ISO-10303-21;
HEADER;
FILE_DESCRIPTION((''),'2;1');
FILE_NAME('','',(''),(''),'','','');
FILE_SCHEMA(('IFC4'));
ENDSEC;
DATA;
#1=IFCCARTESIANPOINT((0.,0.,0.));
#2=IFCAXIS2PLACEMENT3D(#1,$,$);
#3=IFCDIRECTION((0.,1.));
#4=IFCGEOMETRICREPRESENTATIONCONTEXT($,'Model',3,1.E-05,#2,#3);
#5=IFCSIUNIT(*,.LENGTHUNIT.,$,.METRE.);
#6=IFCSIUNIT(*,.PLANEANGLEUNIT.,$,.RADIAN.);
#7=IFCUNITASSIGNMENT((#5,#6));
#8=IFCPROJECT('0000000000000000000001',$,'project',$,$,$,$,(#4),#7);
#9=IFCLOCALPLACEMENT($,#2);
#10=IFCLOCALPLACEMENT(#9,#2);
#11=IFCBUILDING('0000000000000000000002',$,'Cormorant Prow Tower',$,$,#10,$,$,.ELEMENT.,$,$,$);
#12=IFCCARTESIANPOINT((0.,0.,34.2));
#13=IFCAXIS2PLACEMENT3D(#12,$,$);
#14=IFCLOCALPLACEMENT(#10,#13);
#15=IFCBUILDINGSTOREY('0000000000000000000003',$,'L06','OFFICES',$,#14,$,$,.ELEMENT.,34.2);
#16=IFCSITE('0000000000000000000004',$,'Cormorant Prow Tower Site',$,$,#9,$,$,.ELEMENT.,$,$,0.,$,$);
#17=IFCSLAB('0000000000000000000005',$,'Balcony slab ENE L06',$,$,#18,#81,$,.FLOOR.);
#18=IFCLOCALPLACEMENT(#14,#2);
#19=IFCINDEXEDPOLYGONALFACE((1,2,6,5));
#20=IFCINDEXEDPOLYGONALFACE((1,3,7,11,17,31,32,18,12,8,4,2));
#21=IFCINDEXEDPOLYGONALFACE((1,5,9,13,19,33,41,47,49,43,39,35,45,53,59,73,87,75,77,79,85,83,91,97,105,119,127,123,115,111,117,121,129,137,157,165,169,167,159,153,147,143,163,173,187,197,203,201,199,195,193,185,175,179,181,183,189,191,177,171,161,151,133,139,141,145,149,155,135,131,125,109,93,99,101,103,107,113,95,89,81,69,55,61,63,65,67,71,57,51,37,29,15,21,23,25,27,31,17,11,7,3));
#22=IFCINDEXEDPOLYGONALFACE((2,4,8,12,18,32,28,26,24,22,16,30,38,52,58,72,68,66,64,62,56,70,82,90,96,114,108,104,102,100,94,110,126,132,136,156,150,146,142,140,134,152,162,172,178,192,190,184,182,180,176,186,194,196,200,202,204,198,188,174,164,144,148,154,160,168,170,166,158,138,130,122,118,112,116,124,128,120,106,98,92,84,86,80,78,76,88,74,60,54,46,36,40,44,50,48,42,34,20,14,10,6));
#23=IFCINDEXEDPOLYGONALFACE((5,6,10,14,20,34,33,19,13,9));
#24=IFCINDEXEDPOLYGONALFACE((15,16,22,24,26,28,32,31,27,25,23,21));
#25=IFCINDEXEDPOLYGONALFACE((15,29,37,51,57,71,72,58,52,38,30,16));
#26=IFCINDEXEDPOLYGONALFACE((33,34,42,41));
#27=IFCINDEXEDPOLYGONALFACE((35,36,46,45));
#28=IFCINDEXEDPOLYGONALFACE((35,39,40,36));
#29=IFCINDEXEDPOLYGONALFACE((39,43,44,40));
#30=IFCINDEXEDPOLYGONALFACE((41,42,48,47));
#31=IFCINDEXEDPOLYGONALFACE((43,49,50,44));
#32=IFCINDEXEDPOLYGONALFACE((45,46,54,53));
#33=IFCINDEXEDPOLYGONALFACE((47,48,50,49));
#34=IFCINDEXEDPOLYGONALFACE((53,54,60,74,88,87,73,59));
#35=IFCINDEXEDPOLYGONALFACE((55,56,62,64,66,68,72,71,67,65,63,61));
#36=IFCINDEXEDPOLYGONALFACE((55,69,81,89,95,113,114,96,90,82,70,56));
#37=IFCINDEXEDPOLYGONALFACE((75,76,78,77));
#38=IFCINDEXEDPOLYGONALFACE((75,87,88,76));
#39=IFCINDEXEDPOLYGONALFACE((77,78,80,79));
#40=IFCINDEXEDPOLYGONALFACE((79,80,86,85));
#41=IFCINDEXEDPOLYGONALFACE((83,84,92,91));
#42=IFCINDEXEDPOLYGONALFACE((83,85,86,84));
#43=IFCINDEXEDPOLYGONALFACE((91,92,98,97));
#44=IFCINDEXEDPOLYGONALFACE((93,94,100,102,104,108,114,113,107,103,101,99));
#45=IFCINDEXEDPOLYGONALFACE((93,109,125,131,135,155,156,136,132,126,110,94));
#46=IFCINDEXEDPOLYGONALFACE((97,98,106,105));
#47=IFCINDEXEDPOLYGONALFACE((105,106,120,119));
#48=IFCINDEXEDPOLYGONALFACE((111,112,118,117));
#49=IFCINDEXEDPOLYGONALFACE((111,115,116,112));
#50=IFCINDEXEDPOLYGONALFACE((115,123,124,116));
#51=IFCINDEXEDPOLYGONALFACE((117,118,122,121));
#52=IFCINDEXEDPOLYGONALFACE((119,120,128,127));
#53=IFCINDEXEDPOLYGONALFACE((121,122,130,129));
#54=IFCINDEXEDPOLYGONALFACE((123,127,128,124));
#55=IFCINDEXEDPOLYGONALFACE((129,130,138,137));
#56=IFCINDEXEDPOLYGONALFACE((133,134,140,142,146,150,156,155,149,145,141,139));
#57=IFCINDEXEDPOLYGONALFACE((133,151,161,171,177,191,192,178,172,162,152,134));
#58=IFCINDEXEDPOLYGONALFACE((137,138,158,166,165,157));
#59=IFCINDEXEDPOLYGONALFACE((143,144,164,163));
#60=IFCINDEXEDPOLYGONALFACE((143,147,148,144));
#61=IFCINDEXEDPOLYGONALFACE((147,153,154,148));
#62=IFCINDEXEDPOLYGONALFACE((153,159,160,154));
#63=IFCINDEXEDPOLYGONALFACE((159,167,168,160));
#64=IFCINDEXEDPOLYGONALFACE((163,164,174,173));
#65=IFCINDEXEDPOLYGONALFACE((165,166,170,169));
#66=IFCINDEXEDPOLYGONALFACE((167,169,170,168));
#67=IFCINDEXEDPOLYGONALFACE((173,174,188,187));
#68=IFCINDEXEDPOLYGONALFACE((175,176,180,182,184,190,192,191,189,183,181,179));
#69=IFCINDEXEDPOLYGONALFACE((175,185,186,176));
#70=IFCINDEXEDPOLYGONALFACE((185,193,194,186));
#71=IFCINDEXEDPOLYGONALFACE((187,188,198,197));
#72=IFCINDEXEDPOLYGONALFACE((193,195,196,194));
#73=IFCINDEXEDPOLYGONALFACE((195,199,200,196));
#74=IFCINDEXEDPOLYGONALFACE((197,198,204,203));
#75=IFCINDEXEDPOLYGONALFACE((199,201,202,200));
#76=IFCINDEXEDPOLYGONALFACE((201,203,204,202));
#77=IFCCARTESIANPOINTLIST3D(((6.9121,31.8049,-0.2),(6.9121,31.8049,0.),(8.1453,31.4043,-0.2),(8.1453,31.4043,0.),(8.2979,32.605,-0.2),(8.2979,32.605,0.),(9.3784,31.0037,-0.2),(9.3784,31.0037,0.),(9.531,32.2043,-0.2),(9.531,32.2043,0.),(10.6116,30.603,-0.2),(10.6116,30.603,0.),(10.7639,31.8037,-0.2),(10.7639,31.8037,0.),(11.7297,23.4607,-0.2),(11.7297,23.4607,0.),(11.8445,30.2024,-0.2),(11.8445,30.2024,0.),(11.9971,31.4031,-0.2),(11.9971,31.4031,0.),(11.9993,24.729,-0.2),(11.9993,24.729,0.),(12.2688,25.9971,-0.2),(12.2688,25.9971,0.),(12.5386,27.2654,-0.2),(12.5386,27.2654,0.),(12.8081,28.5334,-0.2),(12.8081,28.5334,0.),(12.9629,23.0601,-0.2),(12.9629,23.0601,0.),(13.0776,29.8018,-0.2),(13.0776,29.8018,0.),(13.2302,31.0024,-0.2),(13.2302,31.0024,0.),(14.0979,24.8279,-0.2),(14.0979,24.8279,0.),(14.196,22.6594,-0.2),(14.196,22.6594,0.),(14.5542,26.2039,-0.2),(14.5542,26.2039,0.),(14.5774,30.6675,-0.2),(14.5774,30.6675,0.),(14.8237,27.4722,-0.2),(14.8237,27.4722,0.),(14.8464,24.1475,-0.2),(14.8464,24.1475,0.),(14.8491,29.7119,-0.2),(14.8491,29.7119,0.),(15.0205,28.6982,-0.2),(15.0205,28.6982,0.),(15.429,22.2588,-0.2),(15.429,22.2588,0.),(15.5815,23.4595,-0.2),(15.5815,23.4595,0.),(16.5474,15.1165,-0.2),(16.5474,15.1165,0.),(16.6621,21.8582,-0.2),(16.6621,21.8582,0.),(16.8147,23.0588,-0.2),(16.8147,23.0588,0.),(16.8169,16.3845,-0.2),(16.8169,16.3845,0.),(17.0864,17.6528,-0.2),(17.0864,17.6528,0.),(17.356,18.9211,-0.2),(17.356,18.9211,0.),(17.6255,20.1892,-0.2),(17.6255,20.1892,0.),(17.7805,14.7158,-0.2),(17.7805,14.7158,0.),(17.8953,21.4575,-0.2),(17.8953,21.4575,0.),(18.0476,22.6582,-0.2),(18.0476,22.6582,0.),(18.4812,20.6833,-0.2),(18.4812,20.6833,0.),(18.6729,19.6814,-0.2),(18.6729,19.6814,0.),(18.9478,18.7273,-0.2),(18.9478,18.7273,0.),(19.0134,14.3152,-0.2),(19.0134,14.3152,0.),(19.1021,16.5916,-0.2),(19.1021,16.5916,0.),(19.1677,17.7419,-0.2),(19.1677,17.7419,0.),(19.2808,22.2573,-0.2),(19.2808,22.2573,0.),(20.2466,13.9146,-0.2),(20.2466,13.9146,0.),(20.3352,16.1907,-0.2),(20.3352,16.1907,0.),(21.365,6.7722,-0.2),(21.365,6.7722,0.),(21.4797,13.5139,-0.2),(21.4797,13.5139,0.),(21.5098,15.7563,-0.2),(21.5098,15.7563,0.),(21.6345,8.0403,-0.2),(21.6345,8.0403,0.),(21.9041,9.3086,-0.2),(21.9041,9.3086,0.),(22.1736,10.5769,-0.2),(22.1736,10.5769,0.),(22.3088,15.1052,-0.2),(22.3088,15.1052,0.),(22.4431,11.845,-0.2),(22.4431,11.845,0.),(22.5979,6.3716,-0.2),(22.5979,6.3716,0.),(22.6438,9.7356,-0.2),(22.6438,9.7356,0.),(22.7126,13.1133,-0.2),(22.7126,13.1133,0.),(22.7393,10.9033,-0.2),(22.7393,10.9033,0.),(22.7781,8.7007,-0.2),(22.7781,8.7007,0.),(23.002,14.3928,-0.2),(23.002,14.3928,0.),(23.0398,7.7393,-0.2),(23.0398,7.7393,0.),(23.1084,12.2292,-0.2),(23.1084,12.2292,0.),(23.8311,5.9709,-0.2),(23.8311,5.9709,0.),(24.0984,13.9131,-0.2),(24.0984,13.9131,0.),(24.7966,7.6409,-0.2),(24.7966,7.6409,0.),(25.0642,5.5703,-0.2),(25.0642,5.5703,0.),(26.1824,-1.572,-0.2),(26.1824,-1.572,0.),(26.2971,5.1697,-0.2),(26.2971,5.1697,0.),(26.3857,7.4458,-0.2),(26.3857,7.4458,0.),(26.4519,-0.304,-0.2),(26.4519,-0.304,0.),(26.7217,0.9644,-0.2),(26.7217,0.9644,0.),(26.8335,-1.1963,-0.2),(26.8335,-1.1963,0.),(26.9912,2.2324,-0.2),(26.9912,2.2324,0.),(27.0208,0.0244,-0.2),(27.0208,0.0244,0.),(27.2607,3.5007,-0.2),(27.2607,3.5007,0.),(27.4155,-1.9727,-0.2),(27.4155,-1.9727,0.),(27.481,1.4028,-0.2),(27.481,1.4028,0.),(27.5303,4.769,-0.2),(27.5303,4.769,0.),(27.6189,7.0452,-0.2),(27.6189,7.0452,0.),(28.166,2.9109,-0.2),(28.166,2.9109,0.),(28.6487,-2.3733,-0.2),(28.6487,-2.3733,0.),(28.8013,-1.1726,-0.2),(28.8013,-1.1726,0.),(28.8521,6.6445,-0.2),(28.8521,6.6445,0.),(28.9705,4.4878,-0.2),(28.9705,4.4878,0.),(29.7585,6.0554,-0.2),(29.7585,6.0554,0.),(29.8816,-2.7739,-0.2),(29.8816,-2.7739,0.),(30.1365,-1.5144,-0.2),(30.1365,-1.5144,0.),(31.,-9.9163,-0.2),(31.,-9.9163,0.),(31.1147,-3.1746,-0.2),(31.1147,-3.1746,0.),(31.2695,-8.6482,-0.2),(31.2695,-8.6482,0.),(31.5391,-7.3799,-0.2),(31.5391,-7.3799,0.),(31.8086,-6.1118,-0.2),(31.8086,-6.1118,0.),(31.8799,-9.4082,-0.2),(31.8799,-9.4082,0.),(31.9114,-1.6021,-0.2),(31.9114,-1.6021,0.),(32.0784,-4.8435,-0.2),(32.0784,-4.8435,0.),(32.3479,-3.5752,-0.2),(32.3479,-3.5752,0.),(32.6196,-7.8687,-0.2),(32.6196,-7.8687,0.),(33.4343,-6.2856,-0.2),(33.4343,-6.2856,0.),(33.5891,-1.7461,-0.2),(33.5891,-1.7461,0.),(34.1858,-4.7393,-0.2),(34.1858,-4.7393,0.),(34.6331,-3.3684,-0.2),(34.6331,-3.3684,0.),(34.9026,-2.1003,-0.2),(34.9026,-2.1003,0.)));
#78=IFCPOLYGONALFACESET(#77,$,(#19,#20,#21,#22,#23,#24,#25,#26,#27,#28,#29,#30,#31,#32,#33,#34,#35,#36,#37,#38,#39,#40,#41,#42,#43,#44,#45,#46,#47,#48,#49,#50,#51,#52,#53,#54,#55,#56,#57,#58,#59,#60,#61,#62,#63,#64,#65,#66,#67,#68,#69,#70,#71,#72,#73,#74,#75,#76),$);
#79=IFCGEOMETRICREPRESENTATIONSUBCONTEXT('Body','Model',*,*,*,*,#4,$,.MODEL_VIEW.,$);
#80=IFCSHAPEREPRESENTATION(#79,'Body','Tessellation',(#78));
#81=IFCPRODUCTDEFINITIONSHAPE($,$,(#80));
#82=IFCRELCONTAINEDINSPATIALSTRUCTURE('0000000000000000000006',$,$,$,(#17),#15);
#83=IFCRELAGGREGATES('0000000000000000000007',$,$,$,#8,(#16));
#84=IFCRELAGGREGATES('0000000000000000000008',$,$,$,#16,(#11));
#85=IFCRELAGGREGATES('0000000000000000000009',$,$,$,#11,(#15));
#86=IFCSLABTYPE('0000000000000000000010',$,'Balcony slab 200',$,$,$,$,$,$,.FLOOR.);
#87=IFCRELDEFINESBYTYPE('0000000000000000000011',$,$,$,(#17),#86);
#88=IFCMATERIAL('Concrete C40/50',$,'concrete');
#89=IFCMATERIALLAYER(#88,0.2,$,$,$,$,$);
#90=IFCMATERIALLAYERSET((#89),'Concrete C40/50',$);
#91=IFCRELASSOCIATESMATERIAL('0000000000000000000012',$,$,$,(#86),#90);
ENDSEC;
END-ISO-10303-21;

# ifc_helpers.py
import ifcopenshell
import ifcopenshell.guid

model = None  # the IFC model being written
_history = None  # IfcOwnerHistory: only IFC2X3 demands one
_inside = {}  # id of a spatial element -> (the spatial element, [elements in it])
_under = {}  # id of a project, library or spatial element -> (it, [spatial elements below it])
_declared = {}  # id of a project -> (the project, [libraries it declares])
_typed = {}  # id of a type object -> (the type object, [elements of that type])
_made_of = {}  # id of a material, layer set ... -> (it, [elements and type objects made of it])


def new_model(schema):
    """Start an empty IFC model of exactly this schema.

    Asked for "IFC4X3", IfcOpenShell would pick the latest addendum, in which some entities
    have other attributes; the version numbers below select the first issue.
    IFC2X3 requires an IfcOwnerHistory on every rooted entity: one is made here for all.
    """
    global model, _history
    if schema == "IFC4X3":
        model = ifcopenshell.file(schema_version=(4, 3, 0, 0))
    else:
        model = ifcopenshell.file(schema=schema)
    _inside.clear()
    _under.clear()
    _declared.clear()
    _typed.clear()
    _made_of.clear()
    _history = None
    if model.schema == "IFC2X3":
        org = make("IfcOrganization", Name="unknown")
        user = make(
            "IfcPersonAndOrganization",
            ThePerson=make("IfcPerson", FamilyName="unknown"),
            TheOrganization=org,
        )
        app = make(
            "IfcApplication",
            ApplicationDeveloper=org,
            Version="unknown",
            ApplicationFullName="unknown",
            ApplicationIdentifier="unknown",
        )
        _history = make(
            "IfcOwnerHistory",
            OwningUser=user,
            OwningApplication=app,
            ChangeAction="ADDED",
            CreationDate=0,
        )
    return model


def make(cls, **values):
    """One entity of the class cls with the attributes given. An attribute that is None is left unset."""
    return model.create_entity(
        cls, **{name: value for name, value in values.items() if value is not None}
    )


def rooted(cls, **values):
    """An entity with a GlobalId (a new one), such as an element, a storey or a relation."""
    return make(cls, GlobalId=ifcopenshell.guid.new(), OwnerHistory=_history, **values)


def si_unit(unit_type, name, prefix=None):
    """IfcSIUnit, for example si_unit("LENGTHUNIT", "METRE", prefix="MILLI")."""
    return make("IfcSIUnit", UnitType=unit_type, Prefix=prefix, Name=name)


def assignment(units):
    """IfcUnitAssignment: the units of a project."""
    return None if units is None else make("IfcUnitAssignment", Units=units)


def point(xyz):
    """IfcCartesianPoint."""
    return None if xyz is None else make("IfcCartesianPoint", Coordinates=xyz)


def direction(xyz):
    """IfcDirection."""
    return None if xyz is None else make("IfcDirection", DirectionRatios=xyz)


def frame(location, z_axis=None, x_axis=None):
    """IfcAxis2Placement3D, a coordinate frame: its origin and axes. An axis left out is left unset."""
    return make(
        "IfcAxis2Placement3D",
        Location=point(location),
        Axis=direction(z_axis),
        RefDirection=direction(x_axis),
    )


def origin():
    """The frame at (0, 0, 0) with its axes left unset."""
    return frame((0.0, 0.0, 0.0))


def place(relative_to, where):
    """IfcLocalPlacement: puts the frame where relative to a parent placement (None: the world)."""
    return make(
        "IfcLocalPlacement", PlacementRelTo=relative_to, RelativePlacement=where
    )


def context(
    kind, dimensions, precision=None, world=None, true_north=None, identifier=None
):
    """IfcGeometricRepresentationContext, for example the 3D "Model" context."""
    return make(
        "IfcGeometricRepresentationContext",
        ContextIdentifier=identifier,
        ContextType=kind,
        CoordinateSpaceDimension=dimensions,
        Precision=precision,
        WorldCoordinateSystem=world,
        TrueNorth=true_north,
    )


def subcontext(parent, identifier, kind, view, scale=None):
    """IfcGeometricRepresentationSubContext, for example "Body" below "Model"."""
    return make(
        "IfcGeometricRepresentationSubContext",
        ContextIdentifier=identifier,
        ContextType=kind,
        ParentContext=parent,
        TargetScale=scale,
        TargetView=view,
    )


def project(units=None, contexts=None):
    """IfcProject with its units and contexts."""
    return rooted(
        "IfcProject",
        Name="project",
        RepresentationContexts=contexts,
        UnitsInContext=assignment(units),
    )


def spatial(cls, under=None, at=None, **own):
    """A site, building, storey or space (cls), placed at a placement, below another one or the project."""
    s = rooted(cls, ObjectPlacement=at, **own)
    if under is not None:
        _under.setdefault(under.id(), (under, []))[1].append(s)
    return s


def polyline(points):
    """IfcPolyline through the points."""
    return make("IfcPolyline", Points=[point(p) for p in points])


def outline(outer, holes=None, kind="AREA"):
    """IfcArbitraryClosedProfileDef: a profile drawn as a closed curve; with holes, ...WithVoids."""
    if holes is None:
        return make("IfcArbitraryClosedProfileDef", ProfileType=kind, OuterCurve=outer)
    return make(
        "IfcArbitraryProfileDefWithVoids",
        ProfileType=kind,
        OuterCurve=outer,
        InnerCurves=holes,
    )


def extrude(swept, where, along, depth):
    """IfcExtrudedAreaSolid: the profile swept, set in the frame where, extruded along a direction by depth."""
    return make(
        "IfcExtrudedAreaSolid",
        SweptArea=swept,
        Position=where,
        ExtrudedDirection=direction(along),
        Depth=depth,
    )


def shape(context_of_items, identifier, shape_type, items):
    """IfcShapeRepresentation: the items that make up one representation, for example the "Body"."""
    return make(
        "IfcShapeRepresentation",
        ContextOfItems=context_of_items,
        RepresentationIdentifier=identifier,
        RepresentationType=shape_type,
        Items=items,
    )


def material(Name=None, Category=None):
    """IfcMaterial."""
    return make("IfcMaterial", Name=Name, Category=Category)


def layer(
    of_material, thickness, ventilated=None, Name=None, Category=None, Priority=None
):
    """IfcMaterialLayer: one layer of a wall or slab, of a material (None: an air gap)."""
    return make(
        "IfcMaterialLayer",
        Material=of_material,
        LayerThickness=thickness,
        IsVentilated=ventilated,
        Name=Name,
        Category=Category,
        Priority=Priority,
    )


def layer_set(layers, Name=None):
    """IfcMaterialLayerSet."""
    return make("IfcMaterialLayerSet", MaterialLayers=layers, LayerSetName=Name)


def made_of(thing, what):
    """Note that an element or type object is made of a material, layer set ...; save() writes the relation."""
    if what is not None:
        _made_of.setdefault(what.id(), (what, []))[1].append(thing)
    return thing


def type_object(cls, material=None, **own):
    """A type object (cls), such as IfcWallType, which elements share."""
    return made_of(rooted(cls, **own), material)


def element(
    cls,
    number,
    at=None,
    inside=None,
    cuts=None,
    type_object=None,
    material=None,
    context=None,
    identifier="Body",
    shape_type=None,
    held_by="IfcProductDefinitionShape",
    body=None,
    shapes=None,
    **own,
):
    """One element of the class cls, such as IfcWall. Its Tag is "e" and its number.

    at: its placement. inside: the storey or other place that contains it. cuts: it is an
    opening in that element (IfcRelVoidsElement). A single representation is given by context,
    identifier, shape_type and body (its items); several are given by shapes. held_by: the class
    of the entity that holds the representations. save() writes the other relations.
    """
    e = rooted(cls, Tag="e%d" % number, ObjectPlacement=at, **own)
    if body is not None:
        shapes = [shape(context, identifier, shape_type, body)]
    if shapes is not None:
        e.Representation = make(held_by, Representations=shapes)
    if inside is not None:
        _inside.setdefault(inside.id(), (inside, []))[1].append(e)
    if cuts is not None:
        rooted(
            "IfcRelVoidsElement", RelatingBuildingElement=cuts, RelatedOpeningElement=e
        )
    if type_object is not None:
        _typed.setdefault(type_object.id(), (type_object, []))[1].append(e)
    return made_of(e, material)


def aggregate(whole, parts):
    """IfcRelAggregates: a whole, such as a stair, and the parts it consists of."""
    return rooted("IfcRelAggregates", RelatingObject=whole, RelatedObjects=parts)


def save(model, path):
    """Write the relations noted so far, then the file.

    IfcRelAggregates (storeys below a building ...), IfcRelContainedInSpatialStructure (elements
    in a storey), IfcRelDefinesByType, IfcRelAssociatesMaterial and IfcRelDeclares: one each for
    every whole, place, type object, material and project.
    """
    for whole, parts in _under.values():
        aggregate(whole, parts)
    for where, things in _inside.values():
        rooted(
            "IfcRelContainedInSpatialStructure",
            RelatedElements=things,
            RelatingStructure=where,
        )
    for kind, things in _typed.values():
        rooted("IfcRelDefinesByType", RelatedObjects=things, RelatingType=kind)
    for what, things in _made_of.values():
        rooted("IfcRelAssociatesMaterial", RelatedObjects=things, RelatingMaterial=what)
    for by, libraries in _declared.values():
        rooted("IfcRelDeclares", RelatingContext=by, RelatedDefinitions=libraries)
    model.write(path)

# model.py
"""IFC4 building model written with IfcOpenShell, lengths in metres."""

from ifc_helpers import new_model, si_unit, direction, frame, origin, place, context, subcontext, project, spatial, polyline, outline, extrude, material, layer, layer_set, type_object, element, save


model = new_model("IFC4")

# Units and contexts
model_context = context("Model", 3, precision=1e-05, world=origin(), true_north=direction((0.0, 1.0)))
body_context = subcontext(model_context, "Body", "Model", "MODEL_VIEW")
ifc_project = project(units=[si_unit("LENGTHUNIT", "METRE"), si_unit("PLANEANGLEUNIT", "RADIAN")], contexts=[model_context])

# Site, building, storey
site_placement = place(None, origin())
site = spatial("IfcSite", under=ifc_project, at=site_placement, Name="Cormorant Prow Tower Site", CompositionType="ELEMENT", RefElevation=0.0)
building_placement = place(site_placement, origin())
building = spatial("IfcBuilding", under=site, at=building_placement, Name="Cormorant Prow Tower", CompositionType="ELEMENT")
storey_placement = place(building_placement, frame((0.0, 0.0, 34.2)))
storey = spatial("IfcBuildingStorey", under=building, at=storey_placement, Name="L06", Description="OFFICES", CompositionType="ELEMENT", Elevation=34.2)

# Slab
ifc_material_1 = material(Name="Concrete C40/50", Category="concrete")
ifc_layer_1 = layer(ifc_material_1, 0.2)
ifc_layer_set_1 = layer_set([ifc_layer_1], Name="Concrete C40/50")
slab_type_1 = type_object("IfcSlabType", Name="Balcony slab 200", PredefinedType="FLOOR", material=ifc_layer_set_1)
slab_1_placement = place(storey_placement, frame((0.0, 0.0, -0.2)))
element("IfcSlab", 1, at=slab_1_placement, inside=storey, type_object=slab_type_1, Name="Balcony slab ENE L06", PredefinedType="FLOOR", context=body_context, shape_type="SweptSolid", body=[
    extrude(outline(polyline([(31.0, -9.9163), (31.8799, -9.4082), (32.6196, -7.8687), (33.4343, -6.2856), (34.1858, -4.7393), (34.6331, -3.3684), (34.9026, -2.1003), (33.5891, -1.7461), (31.9114, -1.6021), (30.1365, -1.5144), (28.8013, -1.1726), (26.8335, -1.1963), (27.0208, 0.0244), (27.481, 1.4028), (28.166, 2.9109), (28.9705, 4.4878), (29.7585, 6.0554), (28.8521, 6.6445), (27.6189, 7.0452), (26.3857, 7.4458), (24.7966, 7.6409), (23.0398, 7.7393), (22.7781, 8.7007), (22.6438, 9.7356), (22.7393, 10.9033), (23.1084, 12.2292), (24.0984, 13.9131), (23.002, 14.3928), (22.3088, 15.1052), (21.5098, 15.7563), (20.3352, 16.1907), (19.1021, 16.5916), (19.1677, 17.7419), (18.9478, 18.7273), (18.6729, 19.6814), (18.4812, 20.6833), (19.2808, 22.2573), (18.0476, 22.6582), (16.8147, 23.0588), (15.5815, 23.4595), (14.8464, 24.1475), (14.0979, 24.8279), (14.5542, 26.2039), (14.8237, 27.4722), (15.0205, 28.6982), (14.8491, 29.7119), (14.5774, 30.6675), (13.2302, 31.0024), (11.9971, 31.4031), (10.7639, 31.8037), (9.531, 32.2043), (8.2979, 32.605), (6.9121, 31.8049), (8.1453, 31.4043), (9.3784, 31.0037), (10.6116, 30.603), (11.8445, 30.2024), (13.0776, 29.8018), (12.8081, 28.5334), (12.5386, 27.2654), (12.2688, 25.9971), (11.9993, 24.729), (11.7297, 23.4607), (12.9629, 23.0601), (14.196, 22.6594), (15.429, 22.2588), (16.6621, 21.8582), (17.8953, 21.4575), (17.6255, 20.1892), (17.356, 18.9211), (17.0864, 17.6528), (16.8169, 16.3845), (16.5474, 15.1165), (17.7805, 14.7158), (19.0134, 14.3152), (20.2466, 13.9146), (21.4797, 13.5139), (22.7126, 13.1133), (22.4431, 11.845), (22.1736, 10.5769), (21.9041, 9.3086), (21.6345, 8.0403), (21.365, 6.7722), (22.5979, 6.3716), (23.8311, 5.9709), (25.0642, 5.5703), (26.2971, 5.1697), (27.5303, 4.769), (27.2607, 3.5007), (26.9912, 2.2324), (26.7217, 0.9644), (26.4519, -0.304), (26.1824, -1.572), (27.4155, -1.9727), (28.6487, -2.3733), (29.8816, -2.7739), (31.1147, -3.1746), (32.3479, -3.5752), (32.0784, -4.8435), (31.8086, -6.1118), (31.5391, -7.3799), (31.2695, -8.6482), (31.0, -9.9163)])), origin(), (0.0, 0.0, 1.0), 0.2),
])

save(model, "model.ifc")
